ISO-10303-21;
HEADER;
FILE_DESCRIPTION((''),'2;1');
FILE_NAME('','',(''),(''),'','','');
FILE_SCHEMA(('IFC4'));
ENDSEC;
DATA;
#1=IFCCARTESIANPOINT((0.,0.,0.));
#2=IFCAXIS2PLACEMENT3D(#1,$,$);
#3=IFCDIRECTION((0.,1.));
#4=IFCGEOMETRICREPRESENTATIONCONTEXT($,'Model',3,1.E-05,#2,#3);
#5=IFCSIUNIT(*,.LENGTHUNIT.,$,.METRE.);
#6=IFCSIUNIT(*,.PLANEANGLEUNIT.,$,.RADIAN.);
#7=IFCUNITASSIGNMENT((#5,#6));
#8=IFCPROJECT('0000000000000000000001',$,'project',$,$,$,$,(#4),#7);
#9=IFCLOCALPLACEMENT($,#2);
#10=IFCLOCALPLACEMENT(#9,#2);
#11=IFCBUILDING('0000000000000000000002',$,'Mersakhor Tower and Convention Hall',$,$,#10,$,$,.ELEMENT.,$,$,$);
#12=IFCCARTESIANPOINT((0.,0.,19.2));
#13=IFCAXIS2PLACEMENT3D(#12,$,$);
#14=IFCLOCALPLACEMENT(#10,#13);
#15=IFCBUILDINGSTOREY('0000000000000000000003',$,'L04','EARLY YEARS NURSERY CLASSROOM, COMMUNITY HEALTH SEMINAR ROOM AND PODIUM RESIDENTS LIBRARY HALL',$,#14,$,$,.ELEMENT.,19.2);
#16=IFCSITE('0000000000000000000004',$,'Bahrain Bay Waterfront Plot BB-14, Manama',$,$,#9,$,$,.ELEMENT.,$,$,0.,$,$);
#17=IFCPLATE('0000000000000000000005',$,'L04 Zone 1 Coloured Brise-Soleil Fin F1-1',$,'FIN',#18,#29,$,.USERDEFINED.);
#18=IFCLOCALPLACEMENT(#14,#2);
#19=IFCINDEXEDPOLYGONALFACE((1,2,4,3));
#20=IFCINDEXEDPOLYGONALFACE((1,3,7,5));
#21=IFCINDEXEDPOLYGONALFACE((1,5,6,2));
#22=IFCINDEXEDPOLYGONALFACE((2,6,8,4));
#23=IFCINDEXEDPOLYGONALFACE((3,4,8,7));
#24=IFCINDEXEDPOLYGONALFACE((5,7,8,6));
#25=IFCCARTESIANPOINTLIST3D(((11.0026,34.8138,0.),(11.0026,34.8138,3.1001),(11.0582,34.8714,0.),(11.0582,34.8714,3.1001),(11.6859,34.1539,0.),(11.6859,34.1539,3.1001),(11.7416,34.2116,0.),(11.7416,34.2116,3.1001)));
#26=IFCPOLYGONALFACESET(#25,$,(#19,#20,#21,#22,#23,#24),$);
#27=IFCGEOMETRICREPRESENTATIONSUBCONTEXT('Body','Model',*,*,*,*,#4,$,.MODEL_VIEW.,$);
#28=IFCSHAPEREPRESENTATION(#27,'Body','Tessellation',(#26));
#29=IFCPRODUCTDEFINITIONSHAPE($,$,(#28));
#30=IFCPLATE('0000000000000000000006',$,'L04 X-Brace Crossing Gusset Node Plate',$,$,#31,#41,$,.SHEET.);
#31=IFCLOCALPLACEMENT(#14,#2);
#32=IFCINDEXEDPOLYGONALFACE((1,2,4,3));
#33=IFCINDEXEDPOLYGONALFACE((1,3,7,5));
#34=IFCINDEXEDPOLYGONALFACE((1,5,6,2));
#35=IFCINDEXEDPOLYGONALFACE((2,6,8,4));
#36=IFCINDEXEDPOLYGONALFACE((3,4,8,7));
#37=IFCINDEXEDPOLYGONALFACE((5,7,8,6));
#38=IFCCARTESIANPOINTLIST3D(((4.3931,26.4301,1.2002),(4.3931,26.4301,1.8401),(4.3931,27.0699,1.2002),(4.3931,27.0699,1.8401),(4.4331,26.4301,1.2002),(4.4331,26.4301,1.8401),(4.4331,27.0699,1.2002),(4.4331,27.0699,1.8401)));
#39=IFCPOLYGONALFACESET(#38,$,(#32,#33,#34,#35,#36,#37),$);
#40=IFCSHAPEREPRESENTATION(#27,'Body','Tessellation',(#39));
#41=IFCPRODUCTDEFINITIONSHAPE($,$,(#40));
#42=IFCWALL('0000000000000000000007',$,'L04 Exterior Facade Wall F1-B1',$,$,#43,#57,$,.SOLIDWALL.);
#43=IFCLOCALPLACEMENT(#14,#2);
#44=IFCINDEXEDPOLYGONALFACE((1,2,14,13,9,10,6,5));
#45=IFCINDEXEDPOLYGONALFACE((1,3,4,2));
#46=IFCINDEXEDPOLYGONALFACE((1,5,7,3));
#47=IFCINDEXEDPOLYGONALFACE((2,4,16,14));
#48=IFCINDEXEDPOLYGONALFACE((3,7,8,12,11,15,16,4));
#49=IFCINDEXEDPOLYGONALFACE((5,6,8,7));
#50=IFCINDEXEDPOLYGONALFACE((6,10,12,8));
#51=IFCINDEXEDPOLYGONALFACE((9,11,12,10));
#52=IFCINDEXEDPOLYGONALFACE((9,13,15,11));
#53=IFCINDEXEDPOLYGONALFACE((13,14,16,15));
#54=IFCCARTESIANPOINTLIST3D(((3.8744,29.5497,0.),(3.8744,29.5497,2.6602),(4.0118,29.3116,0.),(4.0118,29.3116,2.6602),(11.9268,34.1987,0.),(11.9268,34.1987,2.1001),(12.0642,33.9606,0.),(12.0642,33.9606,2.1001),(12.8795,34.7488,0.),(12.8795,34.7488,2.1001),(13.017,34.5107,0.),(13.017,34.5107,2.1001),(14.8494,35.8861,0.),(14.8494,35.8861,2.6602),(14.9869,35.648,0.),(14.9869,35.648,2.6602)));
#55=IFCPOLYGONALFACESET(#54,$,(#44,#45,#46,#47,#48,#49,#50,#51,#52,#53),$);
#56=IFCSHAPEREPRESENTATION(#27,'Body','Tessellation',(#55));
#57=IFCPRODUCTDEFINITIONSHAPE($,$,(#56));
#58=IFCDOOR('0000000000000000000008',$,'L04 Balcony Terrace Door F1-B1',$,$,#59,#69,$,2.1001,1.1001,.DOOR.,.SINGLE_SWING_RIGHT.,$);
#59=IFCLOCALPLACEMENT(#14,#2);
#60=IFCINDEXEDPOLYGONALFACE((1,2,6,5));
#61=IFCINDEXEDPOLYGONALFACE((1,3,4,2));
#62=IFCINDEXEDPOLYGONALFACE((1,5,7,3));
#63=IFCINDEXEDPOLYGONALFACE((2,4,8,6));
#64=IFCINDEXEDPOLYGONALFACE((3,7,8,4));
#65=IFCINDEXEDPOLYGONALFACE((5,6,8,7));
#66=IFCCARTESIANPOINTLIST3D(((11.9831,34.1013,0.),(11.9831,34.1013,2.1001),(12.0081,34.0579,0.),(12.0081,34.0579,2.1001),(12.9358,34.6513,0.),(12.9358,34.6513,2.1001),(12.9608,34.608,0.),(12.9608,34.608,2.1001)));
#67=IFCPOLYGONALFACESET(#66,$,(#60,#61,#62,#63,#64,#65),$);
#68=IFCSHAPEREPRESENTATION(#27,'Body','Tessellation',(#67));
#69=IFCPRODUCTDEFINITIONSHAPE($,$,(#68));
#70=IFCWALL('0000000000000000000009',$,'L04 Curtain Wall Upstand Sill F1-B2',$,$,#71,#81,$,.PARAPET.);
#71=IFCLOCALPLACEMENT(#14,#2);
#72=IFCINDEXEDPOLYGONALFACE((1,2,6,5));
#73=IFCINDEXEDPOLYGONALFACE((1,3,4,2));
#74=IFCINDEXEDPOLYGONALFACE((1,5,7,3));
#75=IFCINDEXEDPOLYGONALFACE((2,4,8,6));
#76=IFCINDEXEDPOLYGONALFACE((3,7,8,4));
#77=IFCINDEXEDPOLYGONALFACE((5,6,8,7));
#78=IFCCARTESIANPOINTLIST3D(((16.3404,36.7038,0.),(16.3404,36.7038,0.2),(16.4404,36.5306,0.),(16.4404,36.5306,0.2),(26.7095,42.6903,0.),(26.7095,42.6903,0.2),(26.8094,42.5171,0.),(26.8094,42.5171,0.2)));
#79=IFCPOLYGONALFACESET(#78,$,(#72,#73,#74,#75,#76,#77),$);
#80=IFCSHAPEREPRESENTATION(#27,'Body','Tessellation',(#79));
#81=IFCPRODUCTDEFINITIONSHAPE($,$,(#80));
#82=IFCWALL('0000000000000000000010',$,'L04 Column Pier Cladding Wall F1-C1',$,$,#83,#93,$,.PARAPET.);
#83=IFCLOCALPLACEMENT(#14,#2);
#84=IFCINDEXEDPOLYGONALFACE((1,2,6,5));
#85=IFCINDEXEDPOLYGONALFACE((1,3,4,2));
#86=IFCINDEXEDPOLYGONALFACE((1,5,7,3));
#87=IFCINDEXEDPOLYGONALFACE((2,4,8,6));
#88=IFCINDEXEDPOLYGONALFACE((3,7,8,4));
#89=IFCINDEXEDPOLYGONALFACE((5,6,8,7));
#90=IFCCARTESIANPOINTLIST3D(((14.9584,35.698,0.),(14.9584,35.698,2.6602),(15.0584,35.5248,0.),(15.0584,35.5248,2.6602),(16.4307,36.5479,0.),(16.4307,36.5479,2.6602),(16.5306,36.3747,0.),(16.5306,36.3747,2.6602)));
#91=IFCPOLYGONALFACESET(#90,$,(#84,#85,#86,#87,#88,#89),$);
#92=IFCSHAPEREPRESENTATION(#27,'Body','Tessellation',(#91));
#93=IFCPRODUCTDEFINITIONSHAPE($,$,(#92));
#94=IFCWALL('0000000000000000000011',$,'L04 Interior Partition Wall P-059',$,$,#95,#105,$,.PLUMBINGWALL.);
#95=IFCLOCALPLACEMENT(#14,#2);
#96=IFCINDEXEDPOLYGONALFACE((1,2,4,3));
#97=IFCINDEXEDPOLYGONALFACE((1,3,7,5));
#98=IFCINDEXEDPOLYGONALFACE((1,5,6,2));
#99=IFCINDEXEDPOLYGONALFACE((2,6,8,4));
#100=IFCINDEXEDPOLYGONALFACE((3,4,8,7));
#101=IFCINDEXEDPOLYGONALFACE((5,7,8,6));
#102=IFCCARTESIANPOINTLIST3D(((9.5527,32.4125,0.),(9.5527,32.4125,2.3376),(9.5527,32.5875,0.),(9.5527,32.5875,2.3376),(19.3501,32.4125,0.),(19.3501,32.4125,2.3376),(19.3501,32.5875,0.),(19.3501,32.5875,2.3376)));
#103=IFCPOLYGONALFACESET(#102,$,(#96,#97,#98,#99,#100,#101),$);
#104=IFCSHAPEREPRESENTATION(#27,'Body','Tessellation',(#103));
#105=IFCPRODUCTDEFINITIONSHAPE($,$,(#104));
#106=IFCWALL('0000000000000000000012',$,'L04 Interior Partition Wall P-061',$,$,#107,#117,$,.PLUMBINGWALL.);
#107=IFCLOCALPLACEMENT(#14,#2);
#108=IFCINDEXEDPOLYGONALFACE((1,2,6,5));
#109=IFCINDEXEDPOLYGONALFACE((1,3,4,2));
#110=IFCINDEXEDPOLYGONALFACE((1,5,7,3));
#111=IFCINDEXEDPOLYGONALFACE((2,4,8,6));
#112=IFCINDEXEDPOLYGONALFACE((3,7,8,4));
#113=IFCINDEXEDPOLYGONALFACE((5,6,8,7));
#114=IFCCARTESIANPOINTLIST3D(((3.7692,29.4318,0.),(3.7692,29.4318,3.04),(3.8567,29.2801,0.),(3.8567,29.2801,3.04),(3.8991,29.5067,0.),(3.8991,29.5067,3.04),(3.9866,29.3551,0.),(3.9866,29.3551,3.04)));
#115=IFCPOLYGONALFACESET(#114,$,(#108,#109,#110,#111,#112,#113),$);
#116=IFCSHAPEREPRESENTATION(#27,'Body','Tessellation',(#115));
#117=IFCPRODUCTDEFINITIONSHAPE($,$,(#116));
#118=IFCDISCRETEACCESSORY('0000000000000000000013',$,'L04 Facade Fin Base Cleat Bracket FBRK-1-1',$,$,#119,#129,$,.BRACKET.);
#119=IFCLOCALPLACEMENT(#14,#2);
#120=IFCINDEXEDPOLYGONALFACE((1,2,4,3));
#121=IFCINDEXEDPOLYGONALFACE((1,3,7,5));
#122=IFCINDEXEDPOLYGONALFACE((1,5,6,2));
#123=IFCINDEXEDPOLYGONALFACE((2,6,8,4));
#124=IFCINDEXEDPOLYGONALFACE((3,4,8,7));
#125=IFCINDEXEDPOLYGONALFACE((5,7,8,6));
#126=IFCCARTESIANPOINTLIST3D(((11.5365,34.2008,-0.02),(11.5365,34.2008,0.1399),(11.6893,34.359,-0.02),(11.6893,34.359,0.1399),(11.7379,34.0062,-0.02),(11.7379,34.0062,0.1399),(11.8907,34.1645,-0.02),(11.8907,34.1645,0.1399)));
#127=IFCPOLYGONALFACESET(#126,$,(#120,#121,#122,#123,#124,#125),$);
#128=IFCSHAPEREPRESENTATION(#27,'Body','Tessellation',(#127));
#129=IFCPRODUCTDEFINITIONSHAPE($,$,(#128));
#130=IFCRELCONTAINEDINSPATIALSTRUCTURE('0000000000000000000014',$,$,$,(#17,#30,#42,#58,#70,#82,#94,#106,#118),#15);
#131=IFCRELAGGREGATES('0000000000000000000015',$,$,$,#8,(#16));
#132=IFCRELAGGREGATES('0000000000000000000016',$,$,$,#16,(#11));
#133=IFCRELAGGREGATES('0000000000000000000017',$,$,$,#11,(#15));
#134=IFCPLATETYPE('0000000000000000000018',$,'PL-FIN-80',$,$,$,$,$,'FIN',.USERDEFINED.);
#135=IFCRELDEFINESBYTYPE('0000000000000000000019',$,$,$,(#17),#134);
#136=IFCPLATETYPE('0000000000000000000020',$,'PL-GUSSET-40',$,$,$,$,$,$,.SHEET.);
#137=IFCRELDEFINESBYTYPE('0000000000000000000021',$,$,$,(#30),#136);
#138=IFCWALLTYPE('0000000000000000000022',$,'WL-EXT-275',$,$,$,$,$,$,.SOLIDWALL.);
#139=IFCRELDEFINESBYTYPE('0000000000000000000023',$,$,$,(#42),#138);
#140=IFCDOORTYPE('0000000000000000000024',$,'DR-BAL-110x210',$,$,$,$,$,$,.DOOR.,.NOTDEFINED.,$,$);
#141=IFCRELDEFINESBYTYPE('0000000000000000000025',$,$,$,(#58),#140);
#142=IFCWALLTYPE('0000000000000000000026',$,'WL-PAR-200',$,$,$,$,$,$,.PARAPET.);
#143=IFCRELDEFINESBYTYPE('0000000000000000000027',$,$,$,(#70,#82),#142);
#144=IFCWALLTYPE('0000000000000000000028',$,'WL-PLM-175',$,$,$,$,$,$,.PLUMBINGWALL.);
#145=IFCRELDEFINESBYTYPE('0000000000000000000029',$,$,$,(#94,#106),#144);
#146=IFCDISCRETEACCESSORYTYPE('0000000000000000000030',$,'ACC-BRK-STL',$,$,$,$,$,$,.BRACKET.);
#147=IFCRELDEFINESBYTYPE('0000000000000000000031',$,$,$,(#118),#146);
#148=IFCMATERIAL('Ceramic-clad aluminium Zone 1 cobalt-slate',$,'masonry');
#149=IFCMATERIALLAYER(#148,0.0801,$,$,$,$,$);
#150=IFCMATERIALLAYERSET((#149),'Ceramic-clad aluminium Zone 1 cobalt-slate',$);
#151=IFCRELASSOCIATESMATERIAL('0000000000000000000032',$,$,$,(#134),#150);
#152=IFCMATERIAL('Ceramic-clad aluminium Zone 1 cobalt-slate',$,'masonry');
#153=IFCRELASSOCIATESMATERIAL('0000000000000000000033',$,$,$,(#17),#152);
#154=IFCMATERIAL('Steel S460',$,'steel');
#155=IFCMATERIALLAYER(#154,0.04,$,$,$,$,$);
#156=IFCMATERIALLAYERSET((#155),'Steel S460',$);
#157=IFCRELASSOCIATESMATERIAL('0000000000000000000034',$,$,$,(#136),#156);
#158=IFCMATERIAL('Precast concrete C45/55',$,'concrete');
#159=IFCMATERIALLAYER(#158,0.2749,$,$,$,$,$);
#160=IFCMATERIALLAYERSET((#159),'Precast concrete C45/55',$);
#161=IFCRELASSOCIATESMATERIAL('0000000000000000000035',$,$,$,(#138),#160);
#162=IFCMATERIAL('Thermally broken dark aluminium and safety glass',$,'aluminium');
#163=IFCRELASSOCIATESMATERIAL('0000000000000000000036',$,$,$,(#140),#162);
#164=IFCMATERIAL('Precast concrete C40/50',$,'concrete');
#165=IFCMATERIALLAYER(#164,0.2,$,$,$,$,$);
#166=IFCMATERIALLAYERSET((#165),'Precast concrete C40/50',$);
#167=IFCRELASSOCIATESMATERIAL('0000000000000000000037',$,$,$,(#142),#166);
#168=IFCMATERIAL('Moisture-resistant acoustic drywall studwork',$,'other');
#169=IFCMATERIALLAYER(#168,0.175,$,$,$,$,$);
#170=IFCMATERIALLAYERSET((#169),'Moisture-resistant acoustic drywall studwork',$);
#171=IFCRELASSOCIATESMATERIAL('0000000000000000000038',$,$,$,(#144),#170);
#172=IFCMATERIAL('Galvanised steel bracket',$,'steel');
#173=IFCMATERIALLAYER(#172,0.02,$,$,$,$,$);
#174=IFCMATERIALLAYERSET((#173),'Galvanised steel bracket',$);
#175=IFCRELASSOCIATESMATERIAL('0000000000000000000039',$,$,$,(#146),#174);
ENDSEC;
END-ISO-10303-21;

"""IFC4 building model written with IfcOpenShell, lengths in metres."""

from ifc_helpers import new_model, si_unit, direction, frame, frame_2d, origin, origin_2d, place, context, subcontext, project, spatial, rectangle, extrude, material, layer, layer_set, type_object, element, fill, save


model = new_model("IFC4")

# Units and contexts
model_context = context("Model", 3, precision=1e-05, world=origin(), true_north=direction((0.0, 1.0)))
body_context = subcontext(model_context, "Body", "Model", "MODEL_VIEW")
ifc_project = project(units=[si_unit("LENGTHUNIT", "METRE"), si_unit("PLANEANGLEUNIT", "RADIAN")], contexts=[model_context])

# Site, building, storey
site_placement = place(None, origin())
site = spatial("IfcSite", under=ifc_project, at=site_placement, Name="Bahrain Bay Waterfront Plot BB-14, Manama", CompositionType="ELEMENT", RefElevation=0.0)
building_placement = place(site_placement, origin())
building = spatial("IfcBuilding", under=site, at=building_placement, Name="Mersakhor Tower and Convention Hall", CompositionType="ELEMENT")
storey_placement = place(building_placement, frame((0.0, 0.0, 19.2)))
storey = spatial("IfcBuildingStorey", under=building, at=storey_placement, Name="L04", Description="EARLY YEARS NURSERY CLASSROOM, COMMUNITY HEALTH SEMINAR ROOM AND PODIUM RESIDENTS LIBRARY HALL", CompositionType="ELEMENT", Elevation=19.2)

# Plates
ifc_material_1 = material(Name="Ceramic-clad aluminium Zone 1 cobalt-slate", Category="masonry")
ifc_material_2 = material(Name="Ceramic-clad aluminium Zone 1 cobalt-slate", Category="masonry")
ifc_layer_1 = layer(ifc_material_2, 0.0801)
ifc_layer_set_1 = layer_set([ifc_layer_1], Name="Ceramic-clad aluminium Zone 1 cobalt-slate")
plate_type_1 = type_object("IfcPlateType", Name="PL-FIN-80", ElementType="FIN", PredefinedType="USERDEFINED", material=ifc_layer_set_1)
plate_1_placement = place(storey_placement, frame((11.3721, 34.5127, 0.0), z_axis=(0.0, 0.0, 1.0), x_axis=(-0.71934, 0.694658, 0.0)))
element("IfcPlate", 1, at=plate_1_placement, inside=storey, type_object=plate_type_1, material=ifc_material_1, Name="L04 Zone 1 Coloured Brise-Soleil Fin F1-1", ObjectType="FIN", PredefinedType="USERDEFINED", context=body_context, shape_type="SweptSolid", body=[
    extrude(rectangle(XDim=0.95, YDim=0.0801, at=origin_2d()), origin(), (0.0, 0.0, 1.0), 3.1001),
])
ifc_material_3 = material(Name="Steel S460", Category="steel")
ifc_layer_2 = layer(ifc_material_3, 0.04)
ifc_layer_set_2 = layer_set([ifc_layer_2], Name="Steel S460")
plate_type_2 = type_object("IfcPlateType", Name="PL-GUSSET-40", PredefinedType="SHEET", material=ifc_layer_set_2)
plate_2_placement = place(storey_placement, frame((4.4131, 26.75, 1.2002), z_axis=(0.0, 0.0, 1.0), x_axis=(0.0, -1.0, 0.0)))
element("IfcPlate", 2, at=plate_2_placement, inside=storey, type_object=plate_type_2, Name="L04 X-Brace Crossing Gusset Node Plate", PredefinedType="SHEET", context=body_context, shape_type="SweptSolid", body=[
    extrude(rectangle(XDim=0.6399, YDim=0.04, at=origin_2d()), origin(), (0.0, 0.0, 1.0), 0.6399),
])

# Wall, opening, door
ifc_material_4 = material(Name="Precast concrete C45/55", Category="concrete")
ifc_layer_3 = layer(ifc_material_4, 0.2749)
ifc_layer_set_3 = layer_set([ifc_layer_3], Name="Precast concrete C45/55")
wall_type_1 = type_object("IfcWallType", Name="WL-EXT-275", PredefinedType="SOLIDWALL", material=ifc_layer_set_3)
wall_1_placement = place(storey_placement, frame((3.9431, 29.4307, 0.0), z_axis=(0.0, 0.0, 1.0), x_axis=(0.866027, 0.499997, 0.0)))
wall_1 = element("IfcWall", 3, at=wall_1_placement, inside=storey, type_object=wall_type_1, Name="L04 Exterior Facade Wall F1-B1", PredefinedType="SOLIDWALL", context=body_context, shape_type="SweptSolid", body=[
    extrude(rectangle(XDim=12.6729, YDim=0.2749, at=frame_2d((6.3364, 0.0))), origin(), (0.0, 0.0, 1.0), 2.6602),
])
opening_placement = place(wall_1_placement, frame((9.2981, 0.0, 0.0)))
opening = element("IfcOpeningElement", 4, at=opening_placement, cuts=wall_1, PredefinedType="OPENING", context=body_context, shape_type="SweptSolid", body=[
    extrude(rectangle(XDim=1.1001, YDim=2.1001, at=frame_2d((0.55, 1.05))), frame((0.0, 0.1475, 0.0), z_axis=(0.0, -1.0, 0.0), x_axis=(1.0, 0.0, 0.0)), (0.0, 0.0, 1.0), 0.2949),
])
ifc_material_5 = material(Name="Thermally broken dark aluminium and safety glass", Category="aluminium")
door_type = type_object("IfcDoorType", Name="DR-BAL-110x210", OperationType="NOTDEFINED", PredefinedType="DOOR", material=ifc_material_5)
door_placement = place(opening_placement, origin())
door = element("IfcDoor", 5, at=door_placement, inside=storey, type_object=door_type, Name="L04 Balcony Terrace Door F1-B1", OperationType="SINGLE_SWING_RIGHT", OverallHeight=2.1001, OverallWidth=1.1001, PredefinedType="DOOR", context=body_context, shape_type="SweptSolid", body=[
    extrude(rectangle(XDim=1.1001, YDim=2.1001, at=frame_2d((0.55, 1.05))), frame((0.0, 0.0249, 0.0), z_axis=(0.0, -1.0, 0.0), x_axis=(1.0, 0.0, 0.0)), (0.0, 0.0, 1.0), 0.05),
])
fill(opening, door)

# Walls
ifc_material_6 = material(Name="Precast concrete C40/50", Category="concrete")
ifc_layer_4 = layer(ifc_material_6, 0.2)
ifc_layer_set_4 = layer_set([ifc_layer_4], Name="Precast concrete C40/50")
wall_type_2 = type_object("IfcWallType", Name="WL-PAR-200", PredefinedType="PARAPET", material=ifc_layer_set_4)
wall_2_placement = place(storey_placement, frame((16.3904, 36.6172, 0.0), z_axis=(0.0, 0.0, 1.0), x_axis=(0.866027, 0.499997, 0.0)))
element("IfcWall", 6, at=wall_2_placement, inside=storey, type_object=wall_type_2, Name="L04 Curtain Wall Upstand Sill F1-B2", PredefinedType="PARAPET", context=body_context, shape_type="SweptSolid", body=[
    extrude(rectangle(XDim=11.9731, YDim=0.2, at=frame_2d((5.9866, 0.0))), origin(), (0.0, 0.0, 1.0), 0.2),
])
wall_3_placement = place(storey_placement, frame((15.0083, 35.6113, 0.0), z_axis=(0.0, 0.0, 1.0), x_axis=(0.866052, 0.499955, 0.0)))
element("IfcWall", 7, at=wall_3_placement, inside=storey, type_object=wall_type_2, Name="L04 Column Pier Cladding Wall F1-C1", PredefinedType="PARAPET", context=body_context, shape_type="SweptSolid", body=[
    extrude(rectangle(XDim=1.7, YDim=0.2, at=frame_2d((0.8501, 0.0))), origin(), (0.0, 0.0, 1.0), 2.6602),
])
ifc_material_7 = material(Name="Moisture-resistant acoustic drywall studwork", Category="other")
ifc_layer_5 = layer(ifc_material_7, 0.175)
ifc_layer_set_5 = layer_set([ifc_layer_5], Name="Moisture-resistant acoustic drywall studwork")
wall_type_3 = type_object("IfcWallType", Name="WL-PLM-175", PredefinedType="PLUMBINGWALL", material=ifc_layer_set_5)
wall_4_placement = place(storey_placement, frame((9.5527, 32.5, 0.0), z_axis=(0.0, 0.0, 1.0), x_axis=(1.0, 0.0, 0.0)))
element("IfcWall", 8, at=wall_4_placement, inside=storey, type_object=wall_type_3, Name="L04 Interior Partition Wall P-059", PredefinedType="PLUMBINGWALL", context=body_context, shape_type="SweptSolid", body=[
    extrude(rectangle(XDim=9.7974, YDim=0.175, at=frame_2d((4.8987, 0.0))), origin(), (0.0, 0.0, 1.0), 2.3376),
])
wall_5_placement = place(storey_placement, frame((3.813, 29.356, 0.0), z_axis=(0.0, 0.0, 1.0), x_axis=(0.866131, 0.499816, 0.0)))
element("IfcWall", 9, at=wall_5_placement, inside=storey, type_object=wall_type_3, Name="L04 Interior Partition Wall P-061", PredefinedType="PLUMBINGWALL", context=body_context, shape_type="SweptSolid", body=[
    extrude(rectangle(XDim=0.1499, YDim=0.175, at=frame_2d((0.075, 0.0))), origin(), (0.0, 0.0, 1.0), 3.04),
])

# Discrete accessory
ifc_material_8 = material(Name="Galvanised steel bracket", Category="steel")
ifc_layer_6 = layer(ifc_material_8, 0.02)
ifc_layer_set_6 = layer_set([ifc_layer_6], Name="Galvanised steel bracket")
discrete_accessory_type = type_object("IfcDiscreteAccessoryType", Name="ACC-BRK-STL", PredefinedType="BRACKET", material=ifc_layer_set_6)
discrete_accessory_placement = place(storey_placement, frame((11.7136, 34.1826, -0.02), z_axis=(0.0, 0.0, 1.0), x_axis=(-0.71934, 0.694658, 0.0)))
element("IfcDiscreteAccessory", 10, at=discrete_accessory_placement, inside=storey, type_object=discrete_accessory_type, Name="L04 Facade Fin Base Cleat Bracket FBRK-1-1", PredefinedType="BRACKET", context=body_context, shape_type="SweptSolid", body=[
    extrude(rectangle(XDim=0.28, YDim=0.22, at=origin_2d()), origin(), (0.0, 0.0, 1.0), 0.1599),
])

save(model, "model.ifc")
